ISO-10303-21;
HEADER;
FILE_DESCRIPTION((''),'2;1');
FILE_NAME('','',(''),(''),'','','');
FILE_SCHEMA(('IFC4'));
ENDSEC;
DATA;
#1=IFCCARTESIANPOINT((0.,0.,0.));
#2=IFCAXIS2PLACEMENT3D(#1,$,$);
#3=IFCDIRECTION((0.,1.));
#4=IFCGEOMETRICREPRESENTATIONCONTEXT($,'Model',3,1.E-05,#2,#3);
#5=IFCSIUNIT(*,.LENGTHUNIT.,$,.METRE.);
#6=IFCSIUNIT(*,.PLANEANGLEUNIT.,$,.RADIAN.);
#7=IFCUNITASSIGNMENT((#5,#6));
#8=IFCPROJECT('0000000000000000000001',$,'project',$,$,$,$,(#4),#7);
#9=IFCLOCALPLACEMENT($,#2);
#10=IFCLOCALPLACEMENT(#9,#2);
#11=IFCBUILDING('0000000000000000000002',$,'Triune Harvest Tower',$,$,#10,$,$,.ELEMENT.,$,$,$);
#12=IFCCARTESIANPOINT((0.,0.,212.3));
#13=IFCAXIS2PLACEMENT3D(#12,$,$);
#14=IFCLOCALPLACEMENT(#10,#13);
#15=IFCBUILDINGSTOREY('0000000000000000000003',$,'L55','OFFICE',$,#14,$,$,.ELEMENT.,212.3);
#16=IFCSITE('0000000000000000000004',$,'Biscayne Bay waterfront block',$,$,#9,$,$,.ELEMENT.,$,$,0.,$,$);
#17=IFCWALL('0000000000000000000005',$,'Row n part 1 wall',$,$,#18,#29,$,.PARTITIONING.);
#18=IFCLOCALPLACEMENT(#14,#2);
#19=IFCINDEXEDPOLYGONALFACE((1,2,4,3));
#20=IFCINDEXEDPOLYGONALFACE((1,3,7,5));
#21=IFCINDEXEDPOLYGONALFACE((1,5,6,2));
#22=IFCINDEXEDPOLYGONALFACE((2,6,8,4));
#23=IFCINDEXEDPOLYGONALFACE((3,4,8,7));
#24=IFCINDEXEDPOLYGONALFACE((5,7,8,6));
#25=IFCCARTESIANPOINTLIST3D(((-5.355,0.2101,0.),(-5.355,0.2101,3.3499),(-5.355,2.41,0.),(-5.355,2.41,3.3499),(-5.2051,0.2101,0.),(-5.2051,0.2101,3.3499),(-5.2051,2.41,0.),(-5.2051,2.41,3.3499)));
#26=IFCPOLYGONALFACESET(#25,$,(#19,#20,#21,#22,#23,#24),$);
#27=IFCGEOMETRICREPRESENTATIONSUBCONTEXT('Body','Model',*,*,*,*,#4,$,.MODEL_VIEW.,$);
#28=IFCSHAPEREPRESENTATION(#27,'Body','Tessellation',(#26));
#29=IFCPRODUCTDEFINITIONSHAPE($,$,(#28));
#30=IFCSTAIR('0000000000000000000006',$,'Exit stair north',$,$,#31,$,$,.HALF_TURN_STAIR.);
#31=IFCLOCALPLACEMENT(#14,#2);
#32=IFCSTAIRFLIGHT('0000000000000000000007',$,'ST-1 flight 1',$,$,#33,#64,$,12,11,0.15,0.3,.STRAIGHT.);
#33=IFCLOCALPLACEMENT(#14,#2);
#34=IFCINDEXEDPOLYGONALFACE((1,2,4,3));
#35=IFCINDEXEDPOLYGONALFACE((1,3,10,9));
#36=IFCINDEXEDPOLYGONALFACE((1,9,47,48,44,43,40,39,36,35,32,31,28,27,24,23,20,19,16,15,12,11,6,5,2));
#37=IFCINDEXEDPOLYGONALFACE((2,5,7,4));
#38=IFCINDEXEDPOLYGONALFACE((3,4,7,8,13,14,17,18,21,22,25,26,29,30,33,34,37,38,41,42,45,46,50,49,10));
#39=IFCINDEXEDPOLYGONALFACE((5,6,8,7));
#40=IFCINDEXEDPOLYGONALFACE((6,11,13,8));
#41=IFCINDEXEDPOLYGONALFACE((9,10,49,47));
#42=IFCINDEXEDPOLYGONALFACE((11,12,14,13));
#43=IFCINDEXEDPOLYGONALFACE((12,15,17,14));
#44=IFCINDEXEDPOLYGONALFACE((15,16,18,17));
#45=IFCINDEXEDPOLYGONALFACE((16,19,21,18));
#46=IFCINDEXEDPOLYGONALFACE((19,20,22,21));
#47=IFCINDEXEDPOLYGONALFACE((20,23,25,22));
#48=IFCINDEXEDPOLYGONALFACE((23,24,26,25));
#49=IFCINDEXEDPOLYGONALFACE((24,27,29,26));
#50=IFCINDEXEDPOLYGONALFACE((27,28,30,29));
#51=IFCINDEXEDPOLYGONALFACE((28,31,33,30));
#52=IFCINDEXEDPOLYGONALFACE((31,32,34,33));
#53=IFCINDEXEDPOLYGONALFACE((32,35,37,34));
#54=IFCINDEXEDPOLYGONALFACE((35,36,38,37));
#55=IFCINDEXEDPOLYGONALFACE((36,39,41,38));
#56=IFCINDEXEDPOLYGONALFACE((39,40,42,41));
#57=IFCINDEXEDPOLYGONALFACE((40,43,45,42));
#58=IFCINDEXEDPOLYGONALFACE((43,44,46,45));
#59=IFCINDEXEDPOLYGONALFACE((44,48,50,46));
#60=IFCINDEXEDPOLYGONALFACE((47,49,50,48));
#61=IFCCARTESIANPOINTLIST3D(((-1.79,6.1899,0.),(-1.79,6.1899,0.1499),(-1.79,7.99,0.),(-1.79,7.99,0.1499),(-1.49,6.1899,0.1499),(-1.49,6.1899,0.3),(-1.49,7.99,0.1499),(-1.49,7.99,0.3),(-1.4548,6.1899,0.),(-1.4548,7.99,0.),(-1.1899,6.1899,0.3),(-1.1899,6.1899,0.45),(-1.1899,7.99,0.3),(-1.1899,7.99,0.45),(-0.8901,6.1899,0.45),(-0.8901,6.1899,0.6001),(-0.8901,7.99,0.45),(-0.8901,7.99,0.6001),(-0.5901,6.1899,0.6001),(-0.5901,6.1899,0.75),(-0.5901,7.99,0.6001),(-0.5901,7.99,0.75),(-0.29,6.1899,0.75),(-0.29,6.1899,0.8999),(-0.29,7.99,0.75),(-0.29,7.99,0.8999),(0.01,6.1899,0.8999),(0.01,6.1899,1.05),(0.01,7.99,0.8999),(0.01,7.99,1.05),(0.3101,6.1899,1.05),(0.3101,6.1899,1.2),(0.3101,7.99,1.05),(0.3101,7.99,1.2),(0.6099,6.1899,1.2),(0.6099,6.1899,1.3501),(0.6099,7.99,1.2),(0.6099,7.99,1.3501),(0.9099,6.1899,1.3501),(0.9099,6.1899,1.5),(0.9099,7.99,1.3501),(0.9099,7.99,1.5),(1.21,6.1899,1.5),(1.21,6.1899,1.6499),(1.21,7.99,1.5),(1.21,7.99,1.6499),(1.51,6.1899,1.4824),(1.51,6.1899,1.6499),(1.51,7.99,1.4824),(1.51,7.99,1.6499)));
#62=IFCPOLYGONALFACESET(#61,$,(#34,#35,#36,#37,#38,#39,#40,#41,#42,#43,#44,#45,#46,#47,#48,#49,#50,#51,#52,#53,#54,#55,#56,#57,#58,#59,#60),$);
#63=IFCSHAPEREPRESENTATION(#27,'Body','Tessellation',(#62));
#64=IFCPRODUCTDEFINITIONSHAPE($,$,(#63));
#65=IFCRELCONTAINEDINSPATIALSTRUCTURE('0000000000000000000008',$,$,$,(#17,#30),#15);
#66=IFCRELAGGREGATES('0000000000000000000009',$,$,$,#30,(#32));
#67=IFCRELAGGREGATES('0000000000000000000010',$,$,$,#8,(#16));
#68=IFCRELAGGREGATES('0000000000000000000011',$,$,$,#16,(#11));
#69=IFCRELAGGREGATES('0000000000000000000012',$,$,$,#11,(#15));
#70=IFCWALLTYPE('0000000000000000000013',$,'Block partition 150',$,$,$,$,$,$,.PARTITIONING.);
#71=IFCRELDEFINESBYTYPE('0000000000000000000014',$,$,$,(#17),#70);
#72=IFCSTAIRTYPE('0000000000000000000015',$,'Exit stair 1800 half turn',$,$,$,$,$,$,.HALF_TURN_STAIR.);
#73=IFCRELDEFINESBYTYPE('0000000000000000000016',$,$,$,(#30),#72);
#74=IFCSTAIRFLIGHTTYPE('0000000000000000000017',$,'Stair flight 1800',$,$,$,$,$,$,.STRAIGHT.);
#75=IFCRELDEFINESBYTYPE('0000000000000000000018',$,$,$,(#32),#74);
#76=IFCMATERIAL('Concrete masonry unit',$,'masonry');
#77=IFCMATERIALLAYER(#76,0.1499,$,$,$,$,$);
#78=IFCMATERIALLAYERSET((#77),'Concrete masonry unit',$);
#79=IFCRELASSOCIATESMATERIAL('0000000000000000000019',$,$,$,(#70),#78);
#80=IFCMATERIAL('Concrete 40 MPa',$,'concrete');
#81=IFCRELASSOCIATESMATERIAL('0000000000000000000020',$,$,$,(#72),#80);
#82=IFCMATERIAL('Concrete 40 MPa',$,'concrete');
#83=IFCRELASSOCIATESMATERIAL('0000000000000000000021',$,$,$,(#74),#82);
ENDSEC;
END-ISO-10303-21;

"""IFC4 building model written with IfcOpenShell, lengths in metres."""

from ifc_helpers import new_model, si_unit, direction, frame, frame_2d, origin, place, context, subcontext, project, spatial, polyline, rectangle, outline, extrude, source, transform, mapped, material, layer, layer_set, type_object, element, aggregate, save


model = new_model("IFC4")

# Units and contexts
model_context = context("Model", 3, precision=1e-05, world=origin(), true_north=direction((0.0, 1.0)))
body_context = subcontext(model_context, "Body", "Model", "MODEL_VIEW")
ifc_project = project(units=[si_unit("LENGTHUNIT", "METRE"), si_unit("PLANEANGLEUNIT", "RADIAN")], contexts=[model_context])

# Site, building, storey
site_placement = place(None, origin())
site = spatial("IfcSite", under=ifc_project, at=site_placement, Name="Biscayne Bay waterfront block", CompositionType="ELEMENT", RefElevation=0.0)
building_placement = place(site_placement, origin())
building = spatial("IfcBuilding", under=site, at=building_placement, Name="Triune Harvest Tower", CompositionType="ELEMENT")
storey_placement = place(building_placement, frame((0.0, 0.0, 212.3)))
storey = spatial("IfcBuildingStorey", under=building, at=storey_placement, Name="L55", Description="OFFICE", CompositionType="ELEMENT", Elevation=212.3)

# Wall
ifc_material_1 = material(Name="Concrete masonry unit", Category="masonry")
ifc_layer_1 = layer(ifc_material_1, 0.1499)
ifc_layer_set_1 = layer_set([ifc_layer_1], Name="Concrete masonry unit")
wall_type_1 = type_object("IfcWallType", Name="Block partition 150", PredefinedType="PARTITIONING", material=ifc_layer_set_1)
shared_shape_1 = source(origin(), body_context, "Body", "SweptSolid", [
    extrude(rectangle(XDim=2.2, YDim=0.1499, at=frame_2d((1.1001, 0.0))), origin(), (0.0, 0.0, 1.0), 3.3499),
])
wall_1_placement = place(storey_placement, frame((-5.28, 0.21, 0.0), z_axis=(0.0, 0.0, 1.0), x_axis=(0.0, 1.0, 0.0)))
element("IfcWall", 1, at=wall_1_placement, inside=storey, type_object=wall_type_1, Name="Row n part 1 wall", PredefinedType="PARTITIONING", context=body_context, shape_type="MappedRepresentation", body=[
    mapped(shared_shape_1, transform((0.0, 0.0, 0.0), scale=1.0)),
])

# Stair, stair flight
ifc_material_2 = material(Name="Concrete 40 MPa", Category="concrete")
stair_type = type_object("IfcStairType", Name="Exit stair 1800 half turn", PredefinedType="HALF_TURN_STAIR", material=ifc_material_2)
stair_placement = place(storey_placement, origin())
stair = element("IfcStair", 2, at=stair_placement, inside=storey, type_object=stair_type, Name="Exit stair north", PredefinedType="HALF_TURN_STAIR")
ifc_material_3 = material(Name="Concrete 40 MPa", Category="concrete")
stair_flight_type = type_object("IfcStairFlightType", Name="Stair flight 1800", PredefinedType="STRAIGHT", material=ifc_material_3)
shared_shape_2 = source(origin(), body_context, "Body", "SweptSolid", [
    extrude(outline(polyline([(0.0, 0.0), (0.0, 0.1499), (0.3, 0.1499), (0.3, 0.3), (0.6001, 0.3), (0.6001, 0.45), (0.8999, 0.45), (0.8999, 0.6001), (1.2, 0.6001), (1.2, 0.75), (1.5, 0.75), (1.5, 0.8999), (1.8, 0.8999), (1.8, 1.05), (2.1001, 1.05), (2.1001, 1.2), (2.3999, 1.2), (2.3999, 1.3501), (2.7, 1.3501), (2.7, 1.5), (3.0, 1.5), (3.0, 1.6499), (3.3, 1.6499), (3.3, 1.8), (3.3, 1.4824), (0.3352, 0.0), (0.0, 0.0)])), frame((0.0, 0.8999, 0.0), z_axis=(0.0, -1.0, 0.0), x_axis=(1.0, 0.0, 0.0)), (0.0, 0.0, 1.0), 1.8),
])
stair_flight_placement = place(storey_placement, frame((-1.79, 7.0901, 0.0), z_axis=(0.0, 0.0, 1.0), x_axis=(1.0, 0.0, 0.0)))
stair_flight = element("IfcStairFlight", 3, at=stair_flight_placement, type_object=stair_flight_type, Name="ST-1 flight 1", NumberOfRisers=12, NumberOfTreads=11, PredefinedType="STRAIGHT", RiserHeight=0.15, TreadLength=0.3, context=body_context, shape_type="MappedRepresentation", body=[
    mapped(shared_shape_2, transform((0.0, 0.0, 0.0), scale=1.0)),
])
aggregate(stair, [stair_flight])

save(model, "model.ifc")
